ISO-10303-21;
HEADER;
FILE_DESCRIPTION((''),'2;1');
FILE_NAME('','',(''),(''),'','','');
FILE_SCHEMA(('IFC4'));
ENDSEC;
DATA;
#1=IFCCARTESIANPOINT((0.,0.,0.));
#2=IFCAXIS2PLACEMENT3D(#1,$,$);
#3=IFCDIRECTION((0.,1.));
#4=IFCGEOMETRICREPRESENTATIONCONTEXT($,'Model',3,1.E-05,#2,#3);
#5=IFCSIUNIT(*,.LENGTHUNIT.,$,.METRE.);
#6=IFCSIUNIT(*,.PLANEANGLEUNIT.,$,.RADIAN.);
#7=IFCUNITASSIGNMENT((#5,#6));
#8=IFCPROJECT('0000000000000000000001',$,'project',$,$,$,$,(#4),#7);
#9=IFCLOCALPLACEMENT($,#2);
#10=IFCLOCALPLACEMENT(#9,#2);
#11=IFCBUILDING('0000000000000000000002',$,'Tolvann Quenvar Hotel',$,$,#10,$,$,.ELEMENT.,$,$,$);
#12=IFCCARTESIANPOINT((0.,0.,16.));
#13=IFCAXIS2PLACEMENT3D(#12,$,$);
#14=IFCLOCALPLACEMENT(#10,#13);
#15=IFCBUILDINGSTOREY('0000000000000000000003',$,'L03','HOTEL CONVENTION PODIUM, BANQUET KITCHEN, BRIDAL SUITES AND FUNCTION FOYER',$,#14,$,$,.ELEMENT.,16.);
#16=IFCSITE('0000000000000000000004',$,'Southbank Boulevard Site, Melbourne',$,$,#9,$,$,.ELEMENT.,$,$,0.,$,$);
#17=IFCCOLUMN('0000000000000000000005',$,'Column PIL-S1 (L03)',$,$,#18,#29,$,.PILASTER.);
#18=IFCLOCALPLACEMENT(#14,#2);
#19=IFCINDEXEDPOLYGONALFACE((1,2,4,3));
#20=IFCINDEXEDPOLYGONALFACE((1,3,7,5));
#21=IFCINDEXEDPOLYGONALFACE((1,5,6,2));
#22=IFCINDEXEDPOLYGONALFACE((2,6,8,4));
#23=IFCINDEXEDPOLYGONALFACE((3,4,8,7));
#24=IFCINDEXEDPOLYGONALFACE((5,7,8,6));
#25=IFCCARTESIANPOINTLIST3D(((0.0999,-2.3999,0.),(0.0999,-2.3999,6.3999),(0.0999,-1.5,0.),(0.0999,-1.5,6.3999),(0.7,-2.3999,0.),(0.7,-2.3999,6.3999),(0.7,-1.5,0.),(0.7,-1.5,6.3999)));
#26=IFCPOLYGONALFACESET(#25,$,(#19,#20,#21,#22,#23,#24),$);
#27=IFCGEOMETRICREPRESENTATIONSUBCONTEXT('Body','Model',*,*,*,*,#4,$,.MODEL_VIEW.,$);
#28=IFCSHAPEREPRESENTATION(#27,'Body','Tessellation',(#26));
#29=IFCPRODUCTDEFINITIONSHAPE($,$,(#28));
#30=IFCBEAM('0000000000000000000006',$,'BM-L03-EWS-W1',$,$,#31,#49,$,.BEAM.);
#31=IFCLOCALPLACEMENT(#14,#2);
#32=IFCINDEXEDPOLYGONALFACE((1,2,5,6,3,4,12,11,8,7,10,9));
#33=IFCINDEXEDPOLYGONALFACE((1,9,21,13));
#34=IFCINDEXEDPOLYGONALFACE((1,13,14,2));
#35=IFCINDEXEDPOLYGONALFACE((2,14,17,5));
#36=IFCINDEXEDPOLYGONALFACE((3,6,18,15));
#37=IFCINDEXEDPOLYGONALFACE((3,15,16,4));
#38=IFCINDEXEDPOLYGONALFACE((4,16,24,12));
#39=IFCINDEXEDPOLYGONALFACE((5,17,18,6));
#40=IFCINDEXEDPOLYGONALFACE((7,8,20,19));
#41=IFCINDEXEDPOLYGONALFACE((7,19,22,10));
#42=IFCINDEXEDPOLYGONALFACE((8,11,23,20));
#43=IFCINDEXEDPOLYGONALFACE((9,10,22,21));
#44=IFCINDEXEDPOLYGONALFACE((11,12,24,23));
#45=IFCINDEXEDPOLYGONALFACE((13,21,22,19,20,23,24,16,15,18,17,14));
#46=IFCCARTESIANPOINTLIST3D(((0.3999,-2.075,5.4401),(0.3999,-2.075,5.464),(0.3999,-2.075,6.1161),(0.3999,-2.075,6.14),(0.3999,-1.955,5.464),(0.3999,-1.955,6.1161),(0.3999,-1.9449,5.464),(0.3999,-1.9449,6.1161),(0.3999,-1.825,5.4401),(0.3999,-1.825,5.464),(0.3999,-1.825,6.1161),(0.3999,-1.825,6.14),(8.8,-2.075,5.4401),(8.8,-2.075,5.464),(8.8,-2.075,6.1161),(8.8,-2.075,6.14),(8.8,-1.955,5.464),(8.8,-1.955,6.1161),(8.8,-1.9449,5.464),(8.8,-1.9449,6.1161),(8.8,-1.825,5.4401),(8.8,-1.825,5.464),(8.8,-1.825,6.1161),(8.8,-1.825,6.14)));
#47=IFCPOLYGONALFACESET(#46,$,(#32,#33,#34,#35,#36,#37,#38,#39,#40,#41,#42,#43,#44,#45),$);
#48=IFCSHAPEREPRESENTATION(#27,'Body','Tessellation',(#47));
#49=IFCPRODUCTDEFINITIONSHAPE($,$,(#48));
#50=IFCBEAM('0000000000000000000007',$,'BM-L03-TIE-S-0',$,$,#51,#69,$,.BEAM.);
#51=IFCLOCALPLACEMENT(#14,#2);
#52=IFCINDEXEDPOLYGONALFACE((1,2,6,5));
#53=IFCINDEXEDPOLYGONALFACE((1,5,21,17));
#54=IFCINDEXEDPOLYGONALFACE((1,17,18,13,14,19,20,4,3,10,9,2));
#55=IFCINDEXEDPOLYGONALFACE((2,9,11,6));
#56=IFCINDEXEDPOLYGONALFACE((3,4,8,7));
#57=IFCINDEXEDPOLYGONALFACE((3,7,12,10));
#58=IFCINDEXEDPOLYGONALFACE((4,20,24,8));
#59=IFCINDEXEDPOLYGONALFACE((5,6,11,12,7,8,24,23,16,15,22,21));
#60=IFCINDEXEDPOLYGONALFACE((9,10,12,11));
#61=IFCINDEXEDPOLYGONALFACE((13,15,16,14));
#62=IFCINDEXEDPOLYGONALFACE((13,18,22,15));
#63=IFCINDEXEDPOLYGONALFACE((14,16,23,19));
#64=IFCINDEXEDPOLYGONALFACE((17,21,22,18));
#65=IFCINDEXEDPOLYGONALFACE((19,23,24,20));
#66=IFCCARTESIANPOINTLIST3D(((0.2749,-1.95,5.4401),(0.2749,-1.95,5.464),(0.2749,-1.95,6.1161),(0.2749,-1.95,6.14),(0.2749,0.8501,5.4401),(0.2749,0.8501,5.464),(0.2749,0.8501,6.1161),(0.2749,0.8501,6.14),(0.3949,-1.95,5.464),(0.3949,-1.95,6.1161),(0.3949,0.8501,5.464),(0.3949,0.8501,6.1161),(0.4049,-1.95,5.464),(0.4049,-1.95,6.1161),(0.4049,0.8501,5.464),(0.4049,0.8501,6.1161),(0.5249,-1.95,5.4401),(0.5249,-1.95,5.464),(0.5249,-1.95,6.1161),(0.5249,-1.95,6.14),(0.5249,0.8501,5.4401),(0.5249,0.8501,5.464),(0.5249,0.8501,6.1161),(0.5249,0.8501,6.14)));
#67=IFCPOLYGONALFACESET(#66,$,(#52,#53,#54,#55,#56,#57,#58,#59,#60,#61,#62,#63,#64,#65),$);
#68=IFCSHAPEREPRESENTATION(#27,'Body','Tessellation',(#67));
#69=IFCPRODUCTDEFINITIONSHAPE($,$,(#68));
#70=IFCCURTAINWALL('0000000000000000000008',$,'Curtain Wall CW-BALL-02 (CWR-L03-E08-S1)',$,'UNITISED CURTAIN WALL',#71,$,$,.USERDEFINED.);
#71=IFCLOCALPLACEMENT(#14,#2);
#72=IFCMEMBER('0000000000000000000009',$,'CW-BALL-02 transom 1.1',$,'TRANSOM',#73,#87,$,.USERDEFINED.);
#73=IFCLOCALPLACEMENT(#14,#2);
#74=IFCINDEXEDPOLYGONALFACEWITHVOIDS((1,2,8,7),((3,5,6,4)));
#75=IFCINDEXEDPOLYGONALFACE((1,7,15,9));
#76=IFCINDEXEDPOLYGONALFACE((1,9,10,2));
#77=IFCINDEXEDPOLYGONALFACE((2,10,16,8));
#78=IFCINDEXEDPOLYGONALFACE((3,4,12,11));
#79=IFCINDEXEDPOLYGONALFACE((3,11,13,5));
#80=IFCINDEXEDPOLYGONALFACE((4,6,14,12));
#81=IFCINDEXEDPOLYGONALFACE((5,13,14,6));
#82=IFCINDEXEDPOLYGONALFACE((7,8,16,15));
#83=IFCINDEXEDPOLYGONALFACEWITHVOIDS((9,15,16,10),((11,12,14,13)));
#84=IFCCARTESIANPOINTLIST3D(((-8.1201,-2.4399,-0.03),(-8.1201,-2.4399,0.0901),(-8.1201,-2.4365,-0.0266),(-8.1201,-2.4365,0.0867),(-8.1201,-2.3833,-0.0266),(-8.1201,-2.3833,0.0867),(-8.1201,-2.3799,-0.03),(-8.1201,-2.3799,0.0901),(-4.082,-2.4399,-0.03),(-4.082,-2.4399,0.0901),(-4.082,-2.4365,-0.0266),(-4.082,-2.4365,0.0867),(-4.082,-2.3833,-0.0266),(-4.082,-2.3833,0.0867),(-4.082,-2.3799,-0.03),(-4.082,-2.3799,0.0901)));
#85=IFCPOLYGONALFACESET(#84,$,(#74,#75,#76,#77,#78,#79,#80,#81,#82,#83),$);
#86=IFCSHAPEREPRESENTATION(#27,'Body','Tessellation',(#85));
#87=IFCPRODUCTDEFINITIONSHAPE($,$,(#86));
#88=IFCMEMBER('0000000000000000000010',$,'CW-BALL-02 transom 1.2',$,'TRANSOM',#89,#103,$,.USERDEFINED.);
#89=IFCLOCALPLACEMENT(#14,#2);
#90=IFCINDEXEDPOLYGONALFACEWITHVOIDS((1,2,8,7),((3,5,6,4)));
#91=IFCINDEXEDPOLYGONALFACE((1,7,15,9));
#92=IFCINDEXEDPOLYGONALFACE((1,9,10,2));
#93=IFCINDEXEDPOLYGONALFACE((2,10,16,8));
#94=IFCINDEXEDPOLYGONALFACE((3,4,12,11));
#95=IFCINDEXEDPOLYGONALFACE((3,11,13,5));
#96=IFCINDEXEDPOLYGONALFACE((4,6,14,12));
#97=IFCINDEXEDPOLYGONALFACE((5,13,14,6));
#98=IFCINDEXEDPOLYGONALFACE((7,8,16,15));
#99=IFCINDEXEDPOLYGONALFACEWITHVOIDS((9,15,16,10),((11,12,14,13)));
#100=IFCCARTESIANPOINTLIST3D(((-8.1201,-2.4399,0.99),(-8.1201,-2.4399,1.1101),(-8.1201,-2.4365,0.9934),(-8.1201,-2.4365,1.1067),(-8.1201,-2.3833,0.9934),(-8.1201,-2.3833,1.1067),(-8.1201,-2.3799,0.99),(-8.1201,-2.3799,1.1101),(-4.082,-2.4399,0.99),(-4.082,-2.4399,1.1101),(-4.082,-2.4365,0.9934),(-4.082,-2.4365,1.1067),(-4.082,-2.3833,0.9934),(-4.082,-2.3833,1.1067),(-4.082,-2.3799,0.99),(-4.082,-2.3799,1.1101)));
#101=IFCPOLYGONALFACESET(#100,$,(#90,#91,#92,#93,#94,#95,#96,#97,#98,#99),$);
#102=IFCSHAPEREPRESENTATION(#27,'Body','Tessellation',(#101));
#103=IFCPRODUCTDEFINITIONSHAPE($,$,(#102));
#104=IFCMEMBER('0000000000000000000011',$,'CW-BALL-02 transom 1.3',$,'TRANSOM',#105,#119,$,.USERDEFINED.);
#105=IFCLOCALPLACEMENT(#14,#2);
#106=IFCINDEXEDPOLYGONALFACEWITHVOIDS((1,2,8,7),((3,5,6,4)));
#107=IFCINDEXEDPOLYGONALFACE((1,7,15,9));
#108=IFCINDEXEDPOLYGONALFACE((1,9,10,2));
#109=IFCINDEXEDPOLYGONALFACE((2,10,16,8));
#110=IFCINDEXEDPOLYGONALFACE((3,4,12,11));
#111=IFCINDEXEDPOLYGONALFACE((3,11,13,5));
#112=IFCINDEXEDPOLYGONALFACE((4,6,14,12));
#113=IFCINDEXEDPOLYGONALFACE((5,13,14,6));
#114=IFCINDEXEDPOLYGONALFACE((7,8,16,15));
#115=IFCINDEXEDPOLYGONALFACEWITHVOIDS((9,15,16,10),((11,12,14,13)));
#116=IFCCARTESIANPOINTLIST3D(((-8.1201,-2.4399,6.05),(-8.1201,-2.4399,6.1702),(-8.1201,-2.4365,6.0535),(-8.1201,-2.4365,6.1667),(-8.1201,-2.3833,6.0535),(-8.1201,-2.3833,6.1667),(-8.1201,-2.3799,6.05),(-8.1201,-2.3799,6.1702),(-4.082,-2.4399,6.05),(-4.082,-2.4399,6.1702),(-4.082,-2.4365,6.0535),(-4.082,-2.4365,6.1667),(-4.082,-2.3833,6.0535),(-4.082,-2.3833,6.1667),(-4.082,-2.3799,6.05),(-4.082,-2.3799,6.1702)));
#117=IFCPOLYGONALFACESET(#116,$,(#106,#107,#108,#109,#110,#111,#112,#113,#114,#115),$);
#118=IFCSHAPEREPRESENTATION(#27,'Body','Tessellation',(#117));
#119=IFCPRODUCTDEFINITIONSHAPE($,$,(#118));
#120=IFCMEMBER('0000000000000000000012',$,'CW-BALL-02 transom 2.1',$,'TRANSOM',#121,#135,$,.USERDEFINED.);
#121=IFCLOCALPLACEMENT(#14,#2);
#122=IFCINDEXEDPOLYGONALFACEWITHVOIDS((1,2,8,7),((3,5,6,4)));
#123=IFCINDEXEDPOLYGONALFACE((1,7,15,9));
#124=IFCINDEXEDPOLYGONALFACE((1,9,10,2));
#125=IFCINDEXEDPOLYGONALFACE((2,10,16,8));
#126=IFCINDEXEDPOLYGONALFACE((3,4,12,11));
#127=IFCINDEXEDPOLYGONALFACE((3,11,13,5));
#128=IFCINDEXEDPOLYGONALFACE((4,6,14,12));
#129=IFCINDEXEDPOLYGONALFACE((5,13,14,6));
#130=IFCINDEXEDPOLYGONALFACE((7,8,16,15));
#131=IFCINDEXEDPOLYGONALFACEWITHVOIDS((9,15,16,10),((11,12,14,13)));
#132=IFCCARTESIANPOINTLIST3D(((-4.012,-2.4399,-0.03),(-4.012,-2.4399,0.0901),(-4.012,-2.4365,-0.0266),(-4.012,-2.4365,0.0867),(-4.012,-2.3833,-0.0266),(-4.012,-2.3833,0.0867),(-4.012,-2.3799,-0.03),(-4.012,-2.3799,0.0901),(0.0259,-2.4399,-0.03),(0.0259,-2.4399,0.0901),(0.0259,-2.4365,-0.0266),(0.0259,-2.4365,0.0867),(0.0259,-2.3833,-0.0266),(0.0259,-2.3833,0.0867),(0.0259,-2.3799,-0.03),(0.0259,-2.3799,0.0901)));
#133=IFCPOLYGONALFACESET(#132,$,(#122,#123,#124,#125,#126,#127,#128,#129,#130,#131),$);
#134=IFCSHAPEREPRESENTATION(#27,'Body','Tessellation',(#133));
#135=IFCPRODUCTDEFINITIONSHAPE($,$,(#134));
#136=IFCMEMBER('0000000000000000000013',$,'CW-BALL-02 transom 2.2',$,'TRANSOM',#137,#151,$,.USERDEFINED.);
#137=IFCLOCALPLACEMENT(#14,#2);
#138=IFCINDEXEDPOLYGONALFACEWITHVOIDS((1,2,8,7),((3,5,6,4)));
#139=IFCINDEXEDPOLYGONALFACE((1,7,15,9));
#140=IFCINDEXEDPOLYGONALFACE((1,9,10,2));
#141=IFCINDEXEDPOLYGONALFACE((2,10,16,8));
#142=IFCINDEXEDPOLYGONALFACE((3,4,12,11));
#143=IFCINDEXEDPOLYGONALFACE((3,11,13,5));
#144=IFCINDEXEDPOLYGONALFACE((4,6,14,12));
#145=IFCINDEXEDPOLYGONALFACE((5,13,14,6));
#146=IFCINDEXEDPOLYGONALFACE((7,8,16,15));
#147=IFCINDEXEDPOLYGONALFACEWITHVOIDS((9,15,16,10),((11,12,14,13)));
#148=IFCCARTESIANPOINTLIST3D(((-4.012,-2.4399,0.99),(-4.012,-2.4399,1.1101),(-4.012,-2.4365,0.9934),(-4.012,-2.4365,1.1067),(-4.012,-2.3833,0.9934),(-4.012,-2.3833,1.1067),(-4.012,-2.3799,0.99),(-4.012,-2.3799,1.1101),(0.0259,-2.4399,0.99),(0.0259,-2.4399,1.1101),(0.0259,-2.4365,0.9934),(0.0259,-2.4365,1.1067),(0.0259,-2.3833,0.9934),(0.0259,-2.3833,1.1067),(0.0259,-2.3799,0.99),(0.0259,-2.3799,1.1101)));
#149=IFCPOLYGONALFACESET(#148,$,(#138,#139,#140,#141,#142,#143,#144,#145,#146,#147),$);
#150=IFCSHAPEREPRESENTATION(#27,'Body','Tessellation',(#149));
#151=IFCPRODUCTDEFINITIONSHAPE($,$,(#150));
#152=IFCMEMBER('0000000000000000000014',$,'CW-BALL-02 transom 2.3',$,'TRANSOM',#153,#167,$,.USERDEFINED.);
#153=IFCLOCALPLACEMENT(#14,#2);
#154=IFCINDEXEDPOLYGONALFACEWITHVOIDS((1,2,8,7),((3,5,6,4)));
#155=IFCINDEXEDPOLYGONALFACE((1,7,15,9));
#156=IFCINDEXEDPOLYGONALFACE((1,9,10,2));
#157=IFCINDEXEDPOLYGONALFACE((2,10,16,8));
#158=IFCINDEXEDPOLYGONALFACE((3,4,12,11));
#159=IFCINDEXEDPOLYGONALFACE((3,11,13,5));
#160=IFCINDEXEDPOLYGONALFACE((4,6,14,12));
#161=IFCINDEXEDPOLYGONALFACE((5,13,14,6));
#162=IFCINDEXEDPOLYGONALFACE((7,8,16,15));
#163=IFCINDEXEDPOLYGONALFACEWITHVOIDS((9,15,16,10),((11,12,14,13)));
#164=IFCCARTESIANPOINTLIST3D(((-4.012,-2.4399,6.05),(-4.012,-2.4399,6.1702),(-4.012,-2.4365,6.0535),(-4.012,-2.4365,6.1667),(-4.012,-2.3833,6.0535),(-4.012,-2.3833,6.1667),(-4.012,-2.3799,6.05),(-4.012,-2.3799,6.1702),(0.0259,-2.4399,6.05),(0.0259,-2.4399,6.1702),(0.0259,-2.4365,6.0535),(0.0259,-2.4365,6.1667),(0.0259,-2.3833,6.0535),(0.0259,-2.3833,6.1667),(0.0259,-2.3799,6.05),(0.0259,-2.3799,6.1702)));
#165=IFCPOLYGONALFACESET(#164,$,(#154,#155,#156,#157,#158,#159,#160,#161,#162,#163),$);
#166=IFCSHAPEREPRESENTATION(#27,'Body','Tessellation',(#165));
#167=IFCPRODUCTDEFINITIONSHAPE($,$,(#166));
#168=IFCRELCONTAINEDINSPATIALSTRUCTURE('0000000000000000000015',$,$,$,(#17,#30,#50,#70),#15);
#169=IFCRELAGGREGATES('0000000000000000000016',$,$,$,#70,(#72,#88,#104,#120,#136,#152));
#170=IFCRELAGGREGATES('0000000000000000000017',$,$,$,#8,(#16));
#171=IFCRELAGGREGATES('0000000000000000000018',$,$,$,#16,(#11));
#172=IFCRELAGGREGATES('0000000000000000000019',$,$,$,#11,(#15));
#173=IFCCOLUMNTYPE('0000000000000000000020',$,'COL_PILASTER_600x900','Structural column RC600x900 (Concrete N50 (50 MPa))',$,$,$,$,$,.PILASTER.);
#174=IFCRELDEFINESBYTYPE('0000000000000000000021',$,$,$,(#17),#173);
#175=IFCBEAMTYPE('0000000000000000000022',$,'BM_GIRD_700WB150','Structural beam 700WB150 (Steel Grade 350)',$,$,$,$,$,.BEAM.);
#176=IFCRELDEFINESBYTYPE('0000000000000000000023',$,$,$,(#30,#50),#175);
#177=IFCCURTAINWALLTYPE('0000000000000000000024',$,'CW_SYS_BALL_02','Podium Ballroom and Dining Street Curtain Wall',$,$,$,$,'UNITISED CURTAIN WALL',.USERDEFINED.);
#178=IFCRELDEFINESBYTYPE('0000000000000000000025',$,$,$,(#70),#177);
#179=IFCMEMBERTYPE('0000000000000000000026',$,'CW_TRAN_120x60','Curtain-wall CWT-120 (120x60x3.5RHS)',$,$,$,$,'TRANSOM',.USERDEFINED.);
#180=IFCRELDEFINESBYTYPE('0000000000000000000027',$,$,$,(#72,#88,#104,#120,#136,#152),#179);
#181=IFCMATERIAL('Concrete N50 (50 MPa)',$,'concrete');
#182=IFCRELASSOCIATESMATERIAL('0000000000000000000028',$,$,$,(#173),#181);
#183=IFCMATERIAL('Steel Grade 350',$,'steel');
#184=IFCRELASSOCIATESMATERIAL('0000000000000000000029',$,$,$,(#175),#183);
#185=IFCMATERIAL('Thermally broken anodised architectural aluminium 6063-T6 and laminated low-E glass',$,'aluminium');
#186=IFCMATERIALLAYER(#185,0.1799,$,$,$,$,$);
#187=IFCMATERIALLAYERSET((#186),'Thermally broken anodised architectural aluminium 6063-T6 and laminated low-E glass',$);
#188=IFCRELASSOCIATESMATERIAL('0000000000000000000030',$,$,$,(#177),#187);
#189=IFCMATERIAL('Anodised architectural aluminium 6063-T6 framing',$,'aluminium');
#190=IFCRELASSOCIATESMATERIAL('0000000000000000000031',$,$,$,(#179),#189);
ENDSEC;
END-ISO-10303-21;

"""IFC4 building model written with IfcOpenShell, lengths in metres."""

from ifc_helpers import new_model, si_unit, direction, frame, origin, origin_2d, place, context, subcontext, project, spatial, rectangle, hollow_rectangle, i_section, extrude, source, transform, mapped, material, layer, layer_set, material_profile, profile_set, type_object, type_shapes, element, aggregate, save


model = new_model("IFC4")

# Units and contexts
model_context = context("Model", 3, precision=1e-05, world=origin(), true_north=direction((0.0, 1.0)))
body_context = subcontext(model_context, "Body", "Model", "MODEL_VIEW")
ifc_project = project(units=[si_unit("LENGTHUNIT", "METRE"), si_unit("PLANEANGLEUNIT", "RADIAN")], contexts=[model_context])

# Site, building, storey
site_placement = place(None, origin())
site = spatial("IfcSite", under=ifc_project, at=site_placement, Name="Southbank Boulevard Site, Melbourne", CompositionType="ELEMENT", RefElevation=0.0)
building_placement = place(site_placement, origin())
building = spatial("IfcBuilding", under=site, at=building_placement, Name="Tolvann Quenvar Hotel", CompositionType="ELEMENT")
storey_placement = place(building_placement, frame((0.0, 0.0, 16.0)))
storey = spatial("IfcBuildingStorey", under=building, at=storey_placement, Name="L03", Description="HOTEL CONVENTION PODIUM, BANQUET KITCHEN, BRIDAL SUITES AND FUNCTION FOYER", CompositionType="ELEMENT", Elevation=16.0)

# Column
ifc_material_1 = material(Name="Concrete N50 (50 MPa)", Category="concrete")
ifc_material_profile_1 = material_profile(ifc_material_1, rectangle(XDim=0.6001, YDim=0.8999, at=origin_2d()), Name="RC600x900")
ifc_profile_set_1 = profile_set([ifc_material_profile_1], Name="Concrete N50 (50 MPa)")
column_type = type_object("IfcColumnType", Name="COL_PILASTER_600x900", Description="Structural column RC600x900 (Concrete N50 (50 MPa))", PredefinedType="PILASTER", material=ifc_profile_set_1)
shared_shape_1 = source(origin(), body_context, "Body", "SweptSolid", [
    extrude(rectangle(XDim=0.6001, YDim=0.8999, at=origin_2d()), origin(), (0.0, 0.0, 1.0), 6.3999),
])
type_shapes(column_type, [shared_shape_1])
column_placement = place(storey_placement, frame((0.3999, -1.95, 0.0), z_axis=(0.0, 0.0, 1.0), x_axis=(1.0, 0.0, 0.0)))
element("IfcColumn", 1, at=column_placement, inside=storey, type_object=column_type, Name="Column PIL-S1 (L03)", PredefinedType="PILASTER", context=body_context, shape_type="MappedRepresentation", body=[
    mapped(shared_shape_1, transform((0.0, 0.0, 0.0), x_axis=(1.0, 0.0, 0.0), y_axis=(0.0, 1.0, 0.0), z_axis=(0.0, 0.0, 1.0), scale=1.0)),
])

# Beams
ifc_material_2 = material(Name="Steel Grade 350", Category="steel")
ifc_material_profile_2 = material_profile(ifc_material_2, i_section(OverallWidth=0.25, OverallDepth=0.7, WebThickness=0.01, FlangeThickness=0.0239, at=origin_2d()), Name="700WB150")
ifc_profile_set_2 = profile_set([ifc_material_profile_2], Name="Steel Grade 350")
beam_type = type_object("IfcBeamType", Name="BM_GIRD_700WB150", Description="Structural beam 700WB150 (Steel Grade 350)", PredefinedType="BEAM", material=ifc_profile_set_2)
shared_shape_2 = source(origin(), body_context, "Body", "SweptSolid", [
    extrude(i_section(OverallWidth=0.25, OverallDepth=0.7, WebThickness=0.01, FlangeThickness=0.0239, at=origin_2d()), origin(), (0.0, 0.0, 1.0), 8.4001),
])
beam_1_placement = place(storey_placement, frame((0.3999, -1.95, 5.79), z_axis=(1.0, 0.0, 0.0), x_axis=(0.0, 1.0, 0.0)))
element("IfcBeam", 2, at=beam_1_placement, inside=storey, type_object=beam_type, Name="BM-L03-EWS-W1", PredefinedType="BEAM", context=body_context, shape_type="MappedRepresentation", body=[
    mapped(shared_shape_2, transform((0.0, 0.0, 0.0), x_axis=(1.0, 0.0, 0.0), y_axis=(0.0, 1.0, 0.0), z_axis=(0.0, 0.0, 1.0), scale=1.0)),
])
shared_shape_3 = source(origin(), body_context, "Body", "SweptSolid", [
    extrude(i_section(OverallWidth=0.25, OverallDepth=0.7, WebThickness=0.01, FlangeThickness=0.0239, at=origin_2d()), origin(), (0.0, 0.0, 1.0), 2.8),
])
type_shapes(beam_type, [shared_shape_2, shared_shape_3])
beam_2_placement = place(storey_placement, frame((0.3999, -1.95, 5.79), z_axis=(0.0, 1.0, 0.0), x_axis=(-1.0, 0.0, 0.0)))
element("IfcBeam", 3, at=beam_2_placement, inside=storey, type_object=beam_type, Name="BM-L03-TIE-S-0", PredefinedType="BEAM", context=body_context, shape_type="MappedRepresentation", body=[
    mapped(shared_shape_3, transform((0.0, 0.0, 0.0), x_axis=(1.0, 0.0, 0.0), y_axis=(0.0, 1.0, 0.0), z_axis=(0.0, 0.0, 1.0), scale=1.0)),
])

# Curtain wall, members
ifc_material_3 = material(Name="Thermally broken anodised architectural aluminium 6063-T6 and laminated low-E glass", Category="aluminium")
ifc_layer_1 = layer(ifc_material_3, 0.1799)
ifc_layer_set_1 = layer_set([ifc_layer_1], Name="Thermally broken anodised architectural aluminium 6063-T6 and laminated low-E glass")
curtain_wall_type = type_object("IfcCurtainWallType", Name="CW_SYS_BALL_02", Description="Podium Ballroom and Dining Street Curtain Wall", ElementType="UNITISED CURTAIN WALL", PredefinedType="USERDEFINED", material=ifc_layer_set_1)
curtain_wall_1_placement = place(storey_placement, origin())
curtain_wall_1 = element("IfcCurtainWall", 4, at=curtain_wall_1_placement, inside=storey, type_object=curtain_wall_type, Name="Curtain Wall CW-BALL-02 (CWR-L03-E08-S1)", ObjectType="UNITISED CURTAIN WALL", PredefinedType="USERDEFINED")
ifc_material_4 = material(Name="Anodised architectural aluminium 6063-T6 framing", Category="aluminium")
ifc_material_profile_3 = material_profile(ifc_material_4, hollow_rectangle(XDim=0.0601, YDim=0.1201, WallThickness=0.0034, at=origin_2d()), Name="120x60x3.5RHS")
ifc_profile_set_3 = profile_set([ifc_material_profile_3], Name="Anodised architectural aluminium 6063-T6 framing")
member_type_1 = type_object("IfcMemberType", Name="CW_TRAN_120x60", Description="Curtain-wall CWT-120 (120x60x3.5RHS)", ElementType="TRANSOM", PredefinedType="USERDEFINED", material=ifc_profile_set_3)
shared_shape_4 = source(origin(), body_context, "Body", "SweptSolid", [
    extrude(hollow_rectangle(XDim=0.0601, YDim=0.1201, WallThickness=0.0034, at=origin_2d()), origin(), (0.0, 0.0, 1.0), 4.0381),
])
member_1_placement = place(storey_placement, frame((-8.1201, -2.4099, 0.03), z_axis=(1.0, 0.0, 0.0), x_axis=(0.0, 1.0, 0.0)))
member_1 = element("IfcMember", 5, at=member_1_placement, type_object=member_type_1, Name="CW-BALL-02 transom 1.1", ObjectType="TRANSOM", PredefinedType="USERDEFINED", context=body_context, shape_type="MappedRepresentation", body=[
    mapped(shared_shape_4, transform((0.0, 0.0, 0.0), x_axis=(1.0, 0.0, 0.0), y_axis=(0.0, 1.0, 0.0), z_axis=(0.0, 0.0, 1.0), scale=1.0)),
])
member_2_placement = place(storey_placement, frame((-8.1201, -2.4099, 1.05), z_axis=(1.0, 0.0, 0.0), x_axis=(0.0, 1.0, 0.0)))
member_2 = element("IfcMember", 6, at=member_2_placement, type_object=member_type_1, Name="CW-BALL-02 transom 1.2", ObjectType="TRANSOM", PredefinedType="USERDEFINED", context=body_context, shape_type="MappedRepresentation", body=[
    mapped(shared_shape_4, transform((0.0, 0.0, 0.0), x_axis=(1.0, 0.0, 0.0), y_axis=(0.0, 1.0, 0.0), z_axis=(0.0, 0.0, 1.0), scale=1.0)),
])
member_3_placement = place(storey_placement, frame((-8.1201, -2.4099, 6.1101), z_axis=(1.0, 0.0, 0.0), x_axis=(0.0, 1.0, 0.0)))
member_3 = element("IfcMember", 7, at=member_3_placement, type_object=member_type_1, Name="CW-BALL-02 transom 1.3", ObjectType="TRANSOM", PredefinedType="USERDEFINED", context=body_context, shape_type="MappedRepresentation", body=[
    mapped(shared_shape_4, transform((0.0, 0.0, 0.0), x_axis=(1.0, 0.0, 0.0), y_axis=(0.0, 1.0, 0.0), z_axis=(0.0, 0.0, 1.0), scale=1.0)),
])
shared_shape_5 = source(origin(), body_context, "Body", "SweptSolid", [
    extrude(hollow_rectangle(XDim=0.0601, YDim=0.1201, WallThickness=0.0034, at=origin_2d()), origin(), (0.0, 0.0, 1.0), 4.0378),
])
member_4_placement = place(storey_placement, frame((-4.012, -2.4099, 0.03), z_axis=(1.0, 0.0, 0.0), x_axis=(0.0, 1.0, 0.0)))
member_4 = element("IfcMember", 8, at=member_4_placement, type_object=member_type_1, Name="CW-BALL-02 transom 2.1", ObjectType="TRANSOM", PredefinedType="USERDEFINED", context=body_context, shape_type="MappedRepresentation", body=[
    mapped(shared_shape_5, transform((0.0, 0.0, 0.0), x_axis=(1.0, 0.0, 0.0), y_axis=(0.0, 1.0, 0.0), z_axis=(0.0, 0.0, 1.0), scale=1.0)),
])
member_5_placement = place(storey_placement, frame((-4.012, -2.4099, 1.05), z_axis=(1.0, 0.0, 0.0), x_axis=(0.0, 1.0, 0.0)))
member_5 = element("IfcMember", 9, at=member_5_placement, type_object=member_type_1, Name="CW-BALL-02 transom 2.2", ObjectType="TRANSOM", PredefinedType="USERDEFINED", context=body_context, shape_type="MappedRepresentation", body=[
    mapped(shared_shape_5, transform((0.0, 0.0, 0.0), x_axis=(1.0, 0.0, 0.0), y_axis=(0.0, 1.0, 0.0), z_axis=(0.0, 0.0, 1.0), scale=1.0)),
])
member_6_placement = place(storey_placement, frame((-4.012, -2.4099, 6.1101), z_axis=(1.0, 0.0, 0.0), x_axis=(0.0, 1.0, 0.0)))
member_6 = element("IfcMember", 10, at=member_6_placement, type_object=member_type_1, Name="CW-BALL-02 transom 2.3", ObjectType="TRANSOM", PredefinedType="USERDEFINED", context=body_context, shape_type="MappedRepresentation", body=[
    mapped(shared_shape_5, transform((0.0, 0.0, 0.0), x_axis=(1.0, 0.0, 0.0), y_axis=(0.0, 1.0, 0.0), z_axis=(0.0, 0.0, 1.0), scale=1.0)),
])

aggregate(curtain_wall_1, [member_1, member_2, member_3, member_4, member_5, member_6])

save(model, "model.ifc")
